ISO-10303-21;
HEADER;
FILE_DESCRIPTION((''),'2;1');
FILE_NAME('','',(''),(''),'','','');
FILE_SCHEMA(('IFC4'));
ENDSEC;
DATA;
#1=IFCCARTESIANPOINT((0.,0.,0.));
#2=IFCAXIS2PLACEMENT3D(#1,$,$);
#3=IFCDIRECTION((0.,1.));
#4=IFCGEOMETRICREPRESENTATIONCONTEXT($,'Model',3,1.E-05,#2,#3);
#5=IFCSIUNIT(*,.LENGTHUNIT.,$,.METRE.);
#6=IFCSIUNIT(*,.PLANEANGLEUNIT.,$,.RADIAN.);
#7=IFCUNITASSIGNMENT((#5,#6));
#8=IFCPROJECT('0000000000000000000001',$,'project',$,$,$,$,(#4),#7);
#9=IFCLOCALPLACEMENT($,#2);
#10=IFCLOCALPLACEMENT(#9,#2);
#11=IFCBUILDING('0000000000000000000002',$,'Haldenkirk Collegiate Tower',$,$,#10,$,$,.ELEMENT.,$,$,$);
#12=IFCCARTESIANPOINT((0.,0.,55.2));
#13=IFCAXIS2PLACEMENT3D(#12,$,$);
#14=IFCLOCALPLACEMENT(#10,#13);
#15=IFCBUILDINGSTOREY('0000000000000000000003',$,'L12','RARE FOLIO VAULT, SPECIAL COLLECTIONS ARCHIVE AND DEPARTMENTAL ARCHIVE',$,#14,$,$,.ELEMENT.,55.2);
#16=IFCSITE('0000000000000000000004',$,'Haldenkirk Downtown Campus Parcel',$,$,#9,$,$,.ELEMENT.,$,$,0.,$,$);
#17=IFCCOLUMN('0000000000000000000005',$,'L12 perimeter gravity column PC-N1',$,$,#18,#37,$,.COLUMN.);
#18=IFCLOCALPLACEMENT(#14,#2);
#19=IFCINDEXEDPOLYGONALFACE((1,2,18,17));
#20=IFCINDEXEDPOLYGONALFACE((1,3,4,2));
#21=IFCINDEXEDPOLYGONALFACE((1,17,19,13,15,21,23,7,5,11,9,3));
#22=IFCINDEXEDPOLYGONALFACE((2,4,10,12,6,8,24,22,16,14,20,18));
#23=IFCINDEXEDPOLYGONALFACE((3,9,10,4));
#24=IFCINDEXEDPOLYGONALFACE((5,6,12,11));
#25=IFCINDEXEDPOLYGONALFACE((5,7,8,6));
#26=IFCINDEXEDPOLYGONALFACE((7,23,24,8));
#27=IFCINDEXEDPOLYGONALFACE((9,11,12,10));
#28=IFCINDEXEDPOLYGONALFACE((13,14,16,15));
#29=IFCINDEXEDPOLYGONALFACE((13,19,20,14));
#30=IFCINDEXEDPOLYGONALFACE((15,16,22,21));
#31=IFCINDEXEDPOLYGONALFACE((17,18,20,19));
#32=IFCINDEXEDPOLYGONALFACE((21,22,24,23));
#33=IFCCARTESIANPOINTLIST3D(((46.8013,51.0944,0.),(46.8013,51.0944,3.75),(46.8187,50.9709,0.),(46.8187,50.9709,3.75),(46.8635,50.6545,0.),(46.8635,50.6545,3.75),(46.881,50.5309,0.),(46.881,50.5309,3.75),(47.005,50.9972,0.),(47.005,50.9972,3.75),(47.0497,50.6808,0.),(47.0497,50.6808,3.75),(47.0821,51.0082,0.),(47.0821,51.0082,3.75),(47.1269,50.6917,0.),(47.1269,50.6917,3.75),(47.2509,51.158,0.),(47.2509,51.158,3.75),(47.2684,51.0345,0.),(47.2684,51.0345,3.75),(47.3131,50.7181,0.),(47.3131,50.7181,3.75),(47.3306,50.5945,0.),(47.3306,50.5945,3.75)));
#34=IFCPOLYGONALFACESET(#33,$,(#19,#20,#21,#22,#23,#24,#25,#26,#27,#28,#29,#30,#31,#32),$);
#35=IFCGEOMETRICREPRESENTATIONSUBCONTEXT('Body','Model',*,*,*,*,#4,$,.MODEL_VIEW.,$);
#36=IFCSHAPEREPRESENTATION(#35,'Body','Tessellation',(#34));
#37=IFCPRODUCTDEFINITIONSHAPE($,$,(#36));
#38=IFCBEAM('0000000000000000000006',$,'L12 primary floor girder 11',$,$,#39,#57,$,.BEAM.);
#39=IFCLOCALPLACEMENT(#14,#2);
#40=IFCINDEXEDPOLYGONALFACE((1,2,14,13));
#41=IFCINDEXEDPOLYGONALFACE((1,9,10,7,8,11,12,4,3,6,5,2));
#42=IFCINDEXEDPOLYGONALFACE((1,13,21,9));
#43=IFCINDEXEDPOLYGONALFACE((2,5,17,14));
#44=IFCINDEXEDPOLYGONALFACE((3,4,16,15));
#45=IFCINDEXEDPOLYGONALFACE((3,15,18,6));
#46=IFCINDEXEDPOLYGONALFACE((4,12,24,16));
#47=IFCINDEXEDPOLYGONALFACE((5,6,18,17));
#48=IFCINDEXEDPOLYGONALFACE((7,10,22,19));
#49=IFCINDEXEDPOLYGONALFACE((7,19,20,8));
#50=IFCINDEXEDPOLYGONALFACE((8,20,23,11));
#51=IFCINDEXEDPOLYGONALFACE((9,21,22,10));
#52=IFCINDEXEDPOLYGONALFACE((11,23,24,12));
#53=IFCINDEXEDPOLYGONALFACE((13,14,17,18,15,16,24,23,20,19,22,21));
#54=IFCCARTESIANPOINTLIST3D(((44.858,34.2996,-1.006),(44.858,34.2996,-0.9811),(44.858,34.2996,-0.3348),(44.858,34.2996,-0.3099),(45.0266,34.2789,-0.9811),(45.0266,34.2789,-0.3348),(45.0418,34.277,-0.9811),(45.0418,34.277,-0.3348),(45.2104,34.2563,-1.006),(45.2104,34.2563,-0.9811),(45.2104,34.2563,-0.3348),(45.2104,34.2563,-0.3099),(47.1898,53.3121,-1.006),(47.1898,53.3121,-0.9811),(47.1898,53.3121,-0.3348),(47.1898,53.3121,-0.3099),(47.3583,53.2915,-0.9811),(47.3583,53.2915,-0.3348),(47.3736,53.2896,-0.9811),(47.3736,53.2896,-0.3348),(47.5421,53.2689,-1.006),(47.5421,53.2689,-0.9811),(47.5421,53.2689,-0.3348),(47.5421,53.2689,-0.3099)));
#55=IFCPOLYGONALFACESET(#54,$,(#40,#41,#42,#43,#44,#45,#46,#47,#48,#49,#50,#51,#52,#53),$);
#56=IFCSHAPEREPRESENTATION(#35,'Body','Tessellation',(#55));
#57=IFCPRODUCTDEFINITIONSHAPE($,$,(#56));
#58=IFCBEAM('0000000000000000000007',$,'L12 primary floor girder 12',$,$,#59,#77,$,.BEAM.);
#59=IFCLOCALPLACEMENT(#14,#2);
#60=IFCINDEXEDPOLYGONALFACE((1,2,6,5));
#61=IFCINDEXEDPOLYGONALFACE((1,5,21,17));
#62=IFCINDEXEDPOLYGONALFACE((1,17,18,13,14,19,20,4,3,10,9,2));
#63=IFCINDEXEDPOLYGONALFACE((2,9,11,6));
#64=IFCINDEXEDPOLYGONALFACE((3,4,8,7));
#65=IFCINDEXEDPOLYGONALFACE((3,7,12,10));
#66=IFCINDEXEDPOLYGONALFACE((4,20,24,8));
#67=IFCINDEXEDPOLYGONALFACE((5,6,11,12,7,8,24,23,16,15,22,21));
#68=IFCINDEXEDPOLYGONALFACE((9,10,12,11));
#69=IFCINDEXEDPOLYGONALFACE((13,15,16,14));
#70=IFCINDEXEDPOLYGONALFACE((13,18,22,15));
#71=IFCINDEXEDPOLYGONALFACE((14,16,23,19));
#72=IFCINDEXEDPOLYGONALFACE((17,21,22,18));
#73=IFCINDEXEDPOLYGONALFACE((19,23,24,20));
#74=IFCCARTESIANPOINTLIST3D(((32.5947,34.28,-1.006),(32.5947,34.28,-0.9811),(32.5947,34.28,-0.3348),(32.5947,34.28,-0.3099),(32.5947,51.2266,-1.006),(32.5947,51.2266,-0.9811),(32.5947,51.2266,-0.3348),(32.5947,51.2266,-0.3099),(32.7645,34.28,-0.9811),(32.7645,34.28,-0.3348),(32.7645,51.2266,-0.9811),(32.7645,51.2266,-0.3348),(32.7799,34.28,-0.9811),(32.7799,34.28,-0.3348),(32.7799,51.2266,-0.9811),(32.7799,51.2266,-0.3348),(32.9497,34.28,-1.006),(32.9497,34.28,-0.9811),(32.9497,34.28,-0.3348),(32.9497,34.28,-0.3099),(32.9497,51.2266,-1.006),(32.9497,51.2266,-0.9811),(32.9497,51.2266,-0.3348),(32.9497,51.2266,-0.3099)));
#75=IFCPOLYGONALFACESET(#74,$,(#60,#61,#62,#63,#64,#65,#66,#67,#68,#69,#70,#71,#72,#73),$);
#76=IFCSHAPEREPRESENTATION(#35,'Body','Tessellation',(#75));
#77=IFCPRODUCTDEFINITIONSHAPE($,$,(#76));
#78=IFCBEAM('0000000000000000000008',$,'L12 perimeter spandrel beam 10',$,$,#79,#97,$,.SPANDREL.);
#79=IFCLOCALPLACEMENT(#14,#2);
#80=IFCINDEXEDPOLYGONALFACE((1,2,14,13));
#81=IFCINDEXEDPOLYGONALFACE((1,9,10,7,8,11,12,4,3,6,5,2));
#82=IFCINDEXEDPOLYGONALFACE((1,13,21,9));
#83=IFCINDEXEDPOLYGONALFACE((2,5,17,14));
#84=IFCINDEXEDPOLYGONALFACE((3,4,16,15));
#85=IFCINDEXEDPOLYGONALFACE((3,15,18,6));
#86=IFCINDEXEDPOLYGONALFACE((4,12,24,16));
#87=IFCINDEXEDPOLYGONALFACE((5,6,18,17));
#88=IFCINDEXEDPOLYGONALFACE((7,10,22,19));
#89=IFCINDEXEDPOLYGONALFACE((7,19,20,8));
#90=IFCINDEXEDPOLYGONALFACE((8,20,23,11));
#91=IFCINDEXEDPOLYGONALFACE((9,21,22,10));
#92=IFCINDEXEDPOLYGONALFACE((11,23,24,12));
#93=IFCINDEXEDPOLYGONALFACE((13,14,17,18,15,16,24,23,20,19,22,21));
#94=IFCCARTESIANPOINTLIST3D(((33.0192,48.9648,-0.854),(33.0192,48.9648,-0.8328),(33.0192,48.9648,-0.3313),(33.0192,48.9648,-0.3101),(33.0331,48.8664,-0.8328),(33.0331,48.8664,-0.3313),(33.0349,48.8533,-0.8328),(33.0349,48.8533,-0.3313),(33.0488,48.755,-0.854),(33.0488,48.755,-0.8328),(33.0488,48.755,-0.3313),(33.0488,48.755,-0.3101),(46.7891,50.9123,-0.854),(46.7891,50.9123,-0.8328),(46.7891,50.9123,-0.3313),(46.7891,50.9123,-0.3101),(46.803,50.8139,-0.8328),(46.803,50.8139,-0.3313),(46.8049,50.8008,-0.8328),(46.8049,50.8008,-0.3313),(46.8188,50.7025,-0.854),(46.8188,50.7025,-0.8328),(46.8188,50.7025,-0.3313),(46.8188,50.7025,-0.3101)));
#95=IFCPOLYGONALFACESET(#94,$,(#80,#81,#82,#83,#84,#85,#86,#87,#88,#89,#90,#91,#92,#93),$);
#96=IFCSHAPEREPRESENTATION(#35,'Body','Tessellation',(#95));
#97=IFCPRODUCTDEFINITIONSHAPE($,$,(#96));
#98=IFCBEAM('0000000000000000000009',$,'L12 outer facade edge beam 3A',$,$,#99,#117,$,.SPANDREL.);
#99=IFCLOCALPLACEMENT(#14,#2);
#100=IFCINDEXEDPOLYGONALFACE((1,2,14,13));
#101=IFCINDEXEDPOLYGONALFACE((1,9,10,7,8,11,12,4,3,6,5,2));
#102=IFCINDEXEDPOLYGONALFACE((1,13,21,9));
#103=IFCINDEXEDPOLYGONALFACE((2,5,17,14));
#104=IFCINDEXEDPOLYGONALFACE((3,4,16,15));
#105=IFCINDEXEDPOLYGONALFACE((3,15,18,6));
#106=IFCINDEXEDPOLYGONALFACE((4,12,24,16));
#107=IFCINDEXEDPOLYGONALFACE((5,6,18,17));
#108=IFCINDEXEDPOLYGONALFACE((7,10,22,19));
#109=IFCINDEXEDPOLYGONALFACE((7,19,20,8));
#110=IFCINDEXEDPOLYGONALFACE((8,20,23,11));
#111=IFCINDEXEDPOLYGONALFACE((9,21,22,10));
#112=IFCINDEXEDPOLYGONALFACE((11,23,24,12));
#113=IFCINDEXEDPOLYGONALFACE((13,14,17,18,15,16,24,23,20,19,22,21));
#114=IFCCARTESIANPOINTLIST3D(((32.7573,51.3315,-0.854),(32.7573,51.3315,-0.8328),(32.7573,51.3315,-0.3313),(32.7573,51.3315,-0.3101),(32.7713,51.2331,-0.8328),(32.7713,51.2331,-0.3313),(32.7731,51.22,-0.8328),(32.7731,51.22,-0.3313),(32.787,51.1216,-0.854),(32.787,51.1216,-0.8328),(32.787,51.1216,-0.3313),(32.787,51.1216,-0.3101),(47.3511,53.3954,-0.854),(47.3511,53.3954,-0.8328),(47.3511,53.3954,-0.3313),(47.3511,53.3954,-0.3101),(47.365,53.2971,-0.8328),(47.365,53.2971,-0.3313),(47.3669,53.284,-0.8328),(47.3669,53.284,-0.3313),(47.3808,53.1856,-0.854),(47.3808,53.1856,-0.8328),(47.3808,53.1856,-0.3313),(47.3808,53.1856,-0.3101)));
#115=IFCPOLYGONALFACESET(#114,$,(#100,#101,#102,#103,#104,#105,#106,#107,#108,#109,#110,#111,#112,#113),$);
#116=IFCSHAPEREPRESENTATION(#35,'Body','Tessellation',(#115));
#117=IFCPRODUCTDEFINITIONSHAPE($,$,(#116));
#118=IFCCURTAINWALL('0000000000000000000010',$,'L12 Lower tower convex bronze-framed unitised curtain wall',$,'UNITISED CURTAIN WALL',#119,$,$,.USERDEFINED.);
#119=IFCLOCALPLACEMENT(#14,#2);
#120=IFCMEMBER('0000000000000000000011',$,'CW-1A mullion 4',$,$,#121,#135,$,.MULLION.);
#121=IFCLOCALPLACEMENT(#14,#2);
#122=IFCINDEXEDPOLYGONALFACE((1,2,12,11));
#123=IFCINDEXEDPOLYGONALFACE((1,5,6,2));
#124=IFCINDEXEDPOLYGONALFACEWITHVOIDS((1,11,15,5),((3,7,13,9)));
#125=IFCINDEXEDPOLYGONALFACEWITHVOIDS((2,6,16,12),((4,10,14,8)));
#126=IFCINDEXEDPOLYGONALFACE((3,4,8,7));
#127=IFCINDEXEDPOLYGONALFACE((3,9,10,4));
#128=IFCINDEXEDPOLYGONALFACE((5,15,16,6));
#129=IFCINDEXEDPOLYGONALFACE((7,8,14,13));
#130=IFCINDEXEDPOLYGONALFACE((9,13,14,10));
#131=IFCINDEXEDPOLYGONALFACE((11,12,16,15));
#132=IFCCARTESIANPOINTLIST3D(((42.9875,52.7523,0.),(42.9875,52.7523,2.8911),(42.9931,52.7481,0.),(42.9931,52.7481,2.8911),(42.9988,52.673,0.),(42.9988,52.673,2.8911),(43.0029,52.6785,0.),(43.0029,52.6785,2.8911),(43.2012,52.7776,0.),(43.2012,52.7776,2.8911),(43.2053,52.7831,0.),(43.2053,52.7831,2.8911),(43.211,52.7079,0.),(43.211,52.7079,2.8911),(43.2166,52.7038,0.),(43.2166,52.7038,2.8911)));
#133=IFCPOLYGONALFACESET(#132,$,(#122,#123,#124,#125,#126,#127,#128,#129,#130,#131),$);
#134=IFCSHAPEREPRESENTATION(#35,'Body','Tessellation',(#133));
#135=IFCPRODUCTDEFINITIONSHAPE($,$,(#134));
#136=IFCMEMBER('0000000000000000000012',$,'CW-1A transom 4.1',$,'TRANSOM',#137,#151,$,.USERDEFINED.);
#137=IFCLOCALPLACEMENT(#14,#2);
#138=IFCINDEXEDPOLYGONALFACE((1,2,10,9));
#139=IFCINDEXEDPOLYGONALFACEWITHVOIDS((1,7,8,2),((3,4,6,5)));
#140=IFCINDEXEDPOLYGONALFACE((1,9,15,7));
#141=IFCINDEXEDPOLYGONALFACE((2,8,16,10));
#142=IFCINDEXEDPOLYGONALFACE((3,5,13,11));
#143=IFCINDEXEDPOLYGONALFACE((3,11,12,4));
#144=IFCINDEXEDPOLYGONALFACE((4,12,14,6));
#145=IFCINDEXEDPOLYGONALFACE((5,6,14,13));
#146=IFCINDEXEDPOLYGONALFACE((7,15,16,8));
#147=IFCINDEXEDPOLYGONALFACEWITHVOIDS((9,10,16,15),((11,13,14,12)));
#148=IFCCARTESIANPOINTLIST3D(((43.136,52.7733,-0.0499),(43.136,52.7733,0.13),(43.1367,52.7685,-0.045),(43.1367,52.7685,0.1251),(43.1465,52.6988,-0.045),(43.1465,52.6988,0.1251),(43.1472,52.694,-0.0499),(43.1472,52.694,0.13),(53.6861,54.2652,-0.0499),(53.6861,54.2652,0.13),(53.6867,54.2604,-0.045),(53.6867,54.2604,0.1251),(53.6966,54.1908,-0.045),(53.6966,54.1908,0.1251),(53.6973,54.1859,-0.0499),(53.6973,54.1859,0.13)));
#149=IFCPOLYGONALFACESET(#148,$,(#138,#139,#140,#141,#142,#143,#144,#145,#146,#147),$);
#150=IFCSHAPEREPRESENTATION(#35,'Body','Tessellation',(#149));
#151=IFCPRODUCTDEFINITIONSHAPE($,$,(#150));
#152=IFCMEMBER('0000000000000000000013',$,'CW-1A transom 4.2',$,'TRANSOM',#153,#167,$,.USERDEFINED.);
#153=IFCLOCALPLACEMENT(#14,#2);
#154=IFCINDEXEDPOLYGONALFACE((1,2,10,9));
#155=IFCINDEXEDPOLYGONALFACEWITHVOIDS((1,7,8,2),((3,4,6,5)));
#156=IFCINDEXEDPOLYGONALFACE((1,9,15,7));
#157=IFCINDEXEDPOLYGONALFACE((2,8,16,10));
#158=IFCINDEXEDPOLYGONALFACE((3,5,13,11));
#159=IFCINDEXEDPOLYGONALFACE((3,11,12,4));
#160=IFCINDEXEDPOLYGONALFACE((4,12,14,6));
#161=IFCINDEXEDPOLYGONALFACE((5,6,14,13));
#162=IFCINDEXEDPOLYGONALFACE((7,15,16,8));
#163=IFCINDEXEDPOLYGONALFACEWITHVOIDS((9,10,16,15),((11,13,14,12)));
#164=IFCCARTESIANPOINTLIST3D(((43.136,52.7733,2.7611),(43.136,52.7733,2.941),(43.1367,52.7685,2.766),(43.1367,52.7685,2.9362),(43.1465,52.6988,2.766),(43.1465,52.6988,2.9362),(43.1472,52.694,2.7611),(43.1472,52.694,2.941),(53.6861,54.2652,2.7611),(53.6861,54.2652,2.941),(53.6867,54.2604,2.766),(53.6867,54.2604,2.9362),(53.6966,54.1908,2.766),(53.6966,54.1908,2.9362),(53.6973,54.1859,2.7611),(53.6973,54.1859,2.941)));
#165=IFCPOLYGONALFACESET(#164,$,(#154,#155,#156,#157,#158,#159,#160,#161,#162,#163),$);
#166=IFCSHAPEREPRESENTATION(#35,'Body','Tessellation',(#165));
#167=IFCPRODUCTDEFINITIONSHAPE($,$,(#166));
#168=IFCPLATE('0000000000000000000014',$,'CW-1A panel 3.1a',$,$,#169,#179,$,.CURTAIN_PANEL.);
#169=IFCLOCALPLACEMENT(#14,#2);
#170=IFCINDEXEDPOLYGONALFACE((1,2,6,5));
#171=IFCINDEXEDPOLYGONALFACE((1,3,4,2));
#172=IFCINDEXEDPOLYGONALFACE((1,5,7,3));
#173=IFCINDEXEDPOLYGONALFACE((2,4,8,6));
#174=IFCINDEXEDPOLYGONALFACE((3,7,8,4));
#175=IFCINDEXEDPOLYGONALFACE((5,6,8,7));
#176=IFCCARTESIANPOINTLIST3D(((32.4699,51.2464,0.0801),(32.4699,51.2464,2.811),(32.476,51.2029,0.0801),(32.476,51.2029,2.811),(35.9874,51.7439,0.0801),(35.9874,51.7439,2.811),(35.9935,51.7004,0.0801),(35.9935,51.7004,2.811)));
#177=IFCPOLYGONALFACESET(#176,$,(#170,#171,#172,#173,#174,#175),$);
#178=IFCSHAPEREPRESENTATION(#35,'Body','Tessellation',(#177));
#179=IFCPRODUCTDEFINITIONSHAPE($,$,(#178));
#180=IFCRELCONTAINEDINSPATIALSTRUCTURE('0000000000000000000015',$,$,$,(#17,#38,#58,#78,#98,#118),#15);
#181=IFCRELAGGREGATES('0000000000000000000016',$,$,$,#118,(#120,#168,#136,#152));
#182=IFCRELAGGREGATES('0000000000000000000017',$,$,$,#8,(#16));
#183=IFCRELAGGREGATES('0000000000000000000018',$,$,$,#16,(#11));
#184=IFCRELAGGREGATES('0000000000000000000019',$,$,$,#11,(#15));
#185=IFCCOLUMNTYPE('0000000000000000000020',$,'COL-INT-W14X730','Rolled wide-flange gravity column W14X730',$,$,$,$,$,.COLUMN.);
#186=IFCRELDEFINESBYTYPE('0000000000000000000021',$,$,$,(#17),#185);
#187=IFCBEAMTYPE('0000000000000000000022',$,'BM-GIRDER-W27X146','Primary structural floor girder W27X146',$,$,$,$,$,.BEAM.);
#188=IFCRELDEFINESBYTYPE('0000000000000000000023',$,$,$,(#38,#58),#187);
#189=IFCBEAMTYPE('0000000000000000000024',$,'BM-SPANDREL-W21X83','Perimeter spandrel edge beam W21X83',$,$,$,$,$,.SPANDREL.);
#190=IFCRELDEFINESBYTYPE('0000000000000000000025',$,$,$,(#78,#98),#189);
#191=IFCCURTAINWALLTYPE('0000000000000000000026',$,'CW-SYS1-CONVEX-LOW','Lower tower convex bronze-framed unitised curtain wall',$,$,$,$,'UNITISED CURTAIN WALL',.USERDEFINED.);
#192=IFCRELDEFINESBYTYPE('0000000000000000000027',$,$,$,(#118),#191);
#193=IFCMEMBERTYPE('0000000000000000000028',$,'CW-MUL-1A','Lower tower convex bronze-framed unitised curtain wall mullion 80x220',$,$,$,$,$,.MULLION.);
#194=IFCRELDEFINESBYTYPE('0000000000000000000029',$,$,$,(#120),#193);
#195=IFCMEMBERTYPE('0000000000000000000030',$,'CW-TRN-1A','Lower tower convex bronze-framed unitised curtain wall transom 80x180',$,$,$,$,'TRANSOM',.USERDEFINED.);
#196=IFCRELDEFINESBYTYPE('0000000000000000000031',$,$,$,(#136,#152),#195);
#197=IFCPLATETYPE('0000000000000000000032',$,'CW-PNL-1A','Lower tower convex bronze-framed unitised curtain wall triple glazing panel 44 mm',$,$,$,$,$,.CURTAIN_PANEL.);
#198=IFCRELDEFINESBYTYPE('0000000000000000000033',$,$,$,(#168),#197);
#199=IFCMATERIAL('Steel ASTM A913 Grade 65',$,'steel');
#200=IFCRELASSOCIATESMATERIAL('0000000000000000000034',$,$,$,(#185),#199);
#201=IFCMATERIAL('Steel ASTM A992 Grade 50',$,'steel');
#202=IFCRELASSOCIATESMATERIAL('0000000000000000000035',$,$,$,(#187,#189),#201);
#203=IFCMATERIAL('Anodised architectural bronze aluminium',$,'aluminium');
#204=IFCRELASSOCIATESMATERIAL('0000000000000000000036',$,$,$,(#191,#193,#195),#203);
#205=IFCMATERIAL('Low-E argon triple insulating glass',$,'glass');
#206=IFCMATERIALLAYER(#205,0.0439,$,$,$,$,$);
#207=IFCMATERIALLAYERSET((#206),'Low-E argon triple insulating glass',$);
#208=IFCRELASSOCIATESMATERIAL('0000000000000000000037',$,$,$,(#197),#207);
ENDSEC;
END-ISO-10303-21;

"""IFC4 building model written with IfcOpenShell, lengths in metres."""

from ifc_helpers import new_model, si_unit, direction, frame, origin, origin_2d, place, context, subcontext, project, spatial, rectangle, hollow_rectangle, i_section, extrude, source, transform, mapped, material, layer, layer_set, material_profile, profile_set, type_object, element, aggregate, save


model = new_model("IFC4")

# Units and contexts
model_context = context("Model", 3, precision=1e-05, world=origin(), true_north=direction((0.0, 1.0)))
body_context = subcontext(model_context, "Body", "Model", "MODEL_VIEW")
ifc_project = project(units=[si_unit("LENGTHUNIT", "METRE"), si_unit("PLANEANGLEUNIT", "RADIAN")], contexts=[model_context])

# Site, building, storey
site_placement = place(None, origin())
site = spatial("IfcSite", under=ifc_project, at=site_placement, Name="Haldenkirk Downtown Campus Parcel", CompositionType="ELEMENT", RefElevation=0.0)
building_placement = place(site_placement, origin())
building = spatial("IfcBuilding", under=site, at=building_placement, Name="Haldenkirk Collegiate Tower", CompositionType="ELEMENT")
storey_placement = place(building_placement, frame((0.0, 0.0, 55.2)))
storey = spatial("IfcBuildingStorey", under=building, at=storey_placement, Name="L12", Description="RARE FOLIO VAULT, SPECIAL COLLECTIONS ARCHIVE AND DEPARTMENTAL ARCHIVE", CompositionType="ELEMENT", Elevation=55.2)

# Column
ifc_material_1 = material(Name="Steel ASTM A913 Grade 65", Category="steel")
ifc_material_profile_1 = material_profile(ifc_material_1, i_section(OverallWidth=0.4541, OverallDepth=0.5691, WebThickness=0.0779, FlangeThickness=0.1248, at=origin_2d()), Name="W14X730")
ifc_profile_set_1 = profile_set([ifc_material_profile_1], Name="Steel ASTM A913 Grade 65")
column_type = type_object("IfcColumnType", Name="COL-INT-W14X730", Description="Rolled wide-flange gravity column W14X730", PredefinedType="COLUMN", material=ifc_profile_set_1)
column_placement = place(storey_placement, frame((47.0659, 50.8445, 0.0), z_axis=(0.0, 0.0, 1.0), x_axis=(0.990146, 0.140037, 0.0)))
element("IfcColumn", 1, at=column_placement, inside=storey, type_object=column_type, Name="L12 perimeter gravity column PC-N1", PredefinedType="COLUMN", context=body_context, shape_type="SweptSolid", body=[
    extrude(i_section(OverallWidth=0.4541, OverallDepth=0.5691, WebThickness=0.0779, FlangeThickness=0.1248, at=origin_2d()), origin(), (0.0, 0.0, 1.0), 3.75),
])

# Beams
ifc_material_2 = material(Name="Steel ASTM A992 Grade 50", Category="steel")
ifc_material_profile_2 = material_profile(ifc_material_2, i_section(OverallWidth=0.355, OverallDepth=0.696, WebThickness=0.0154, FlangeThickness=0.0249, at=origin_2d()), Name="W27X146")
ifc_profile_set_2 = profile_set([ifc_material_profile_2], Name="Steel ASTM A992 Grade 50")
beam_type_1 = type_object("IfcBeamType", Name="BM-GIRDER-W27X146", Description="Primary structural floor girder W27X146", PredefinedType="BEAM", material=ifc_profile_set_2)
beam_1_placement = place(storey_placement, frame((47.366, 53.2905, -0.658), z_axis=(-0.121732, -0.992563, 0.0), x_axis=(0.992563, -0.121732, 0.0)))
element("IfcBeam", 2, at=beam_1_placement, inside=storey, type_object=beam_type_1, Name="L12 primary floor girder 11", PredefinedType="BEAM", context=body_context, shape_type="SweptSolid", body=[
    extrude(i_section(OverallWidth=0.355, OverallDepth=0.696, WebThickness=0.0154, FlangeThickness=0.0249, at=origin_2d()), origin(), (0.0, 0.0, 1.0), 19.155),
])
beam_2_placement = place(storey_placement, frame((32.7722, 51.2266, -0.658), z_axis=(0.0, -1.0, 0.0), x_axis=(1.0, 0.0, 0.0)))
element("IfcBeam", 3, at=beam_2_placement, inside=storey, type_object=beam_type_1, Name="L12 primary floor girder 12", PredefinedType="BEAM", context=body_context, shape_type="SweptSolid", body=[
    extrude(i_section(OverallWidth=0.355, OverallDepth=0.696, WebThickness=0.0154, FlangeThickness=0.0249, at=origin_2d()), origin(), (0.0, 0.0, 1.0), 16.9465),
])
ifc_material_profile_3 = material_profile(ifc_material_2, i_section(OverallWidth=0.2119, OverallDepth=0.5439, WebThickness=0.0132, FlangeThickness=0.0212, at=origin_2d()), Name="W21X83")
ifc_profile_set_3 = profile_set([ifc_material_profile_3], Name="Steel ASTM A992 Grade 50")
beam_type_2 = type_object("IfcBeamType", Name="BM-SPANDREL-W21X83", Description="Perimeter spandrel edge beam W21X83", PredefinedType="SPANDREL", material=ifc_profile_set_3)
beam_3_placement = place(storey_placement, frame((46.804, 50.8074, -0.582), z_axis=(-0.990146, -0.140038, 0.0), x_axis=(0.140038, -0.990146, 0.0)))
element("IfcBeam", 4, at=beam_3_placement, inside=storey, type_object=beam_type_2, Name="L12 perimeter spandrel beam 10", PredefinedType="SPANDREL", context=body_context, shape_type="SweptSolid", body=[
    extrude(i_section(OverallWidth=0.2119, OverallDepth=0.5439, WebThickness=0.0132, FlangeThickness=0.0212, at=origin_2d()), origin(), (0.0, 0.0, 1.0), 13.907),
])
beam_4_placement = place(storey_placement, frame((47.366, 53.2905, -0.582), z_axis=(-0.990147, -0.140034, 0.0), x_axis=(0.140034, -0.990147, 0.0)))
element("IfcBeam", 5, at=beam_4_placement, inside=storey, type_object=beam_type_2, Name="L12 outer facade edge beam 3A", PredefinedType="SPANDREL", context=body_context, shape_type="SweptSolid", body=[
    extrude(i_section(OverallWidth=0.2119, OverallDepth=0.5439, WebThickness=0.0132, FlangeThickness=0.0212, at=origin_2d()), origin(), (0.0, 0.0, 1.0), 14.739),
])

# Curtain wall, members, plate
ifc_material_3 = material(Name="Anodised architectural bronze aluminium", Category="aluminium")
curtain_wall_type = type_object("IfcCurtainWallType", Name="CW-SYS1-CONVEX-LOW", Description="Lower tower convex bronze-framed unitised curtain wall", ElementType="UNITISED CURTAIN WALL", PredefinedType="USERDEFINED", material=ifc_material_3)
curtain_wall_placement = place(storey_placement, origin())
curtain_wall = element("IfcCurtainWall", 6, at=curtain_wall_placement, inside=storey, type_object=curtain_wall_type, Name="L12 Lower tower convex bronze-framed unitised curtain wall", ObjectType="UNITISED CURTAIN WALL", PredefinedType="USERDEFINED")
ifc_material_profile_4 = material_profile(ifc_material_3, hollow_rectangle(XDim=0.0801, YDim=0.22, WallThickness=0.0049, at=origin_2d()), Name="CW-MUL-1A")
ifc_profile_set_4 = profile_set([ifc_material_profile_4], Name="Anodised architectural bronze aluminium")
member_type_1 = type_object("IfcMemberType", Name="CW-MUL-1A", Description="Lower tower convex bronze-framed unitised curtain wall mullion 80x220", PredefinedType="MULLION", material=ifc_profile_set_4)
member_1_placement = place(storey_placement, frame((43.1021, 52.728, 0.0), z_axis=(0.0, 0.0, 1.0), x_axis=(-0.140039, 0.990146, 0.0)))
member_1 = element("IfcMember", 7, at=member_1_placement, type_object=member_type_1, Name="CW-1A mullion 4", PredefinedType="MULLION", context=body_context, shape_type="SweptSolid", body=[
    extrude(hollow_rectangle(XDim=0.0801, YDim=0.22, WallThickness=0.0049, at=origin_2d()), origin(), (0.0, 0.0, 1.0), 2.8911),
])
ifc_material_profile_5 = material_profile(ifc_material_3, hollow_rectangle(XDim=0.0801, YDim=0.1799, WallThickness=0.0049, at=origin_2d()), Name="CW-TRN-1A")
ifc_profile_set_5 = profile_set([ifc_material_profile_5], Name="Anodised architectural bronze aluminium")
member_type_2 = type_object("IfcMemberType", Name="CW-TRN-1A", Description="Lower tower convex bronze-framed unitised curtain wall transom 80x180", ElementType="TRANSOM", PredefinedType="USERDEFINED", material=ifc_profile_set_5)
member_2_placement = place(storey_placement, frame((43.1416, 52.7336, 0.04), z_axis=(0.990148, 0.140023, 0.0), x_axis=(-0.140023, 0.990148, 0.0)))
member_2 = element("IfcMember", 8, at=member_2_placement, type_object=member_type_2, Name="CW-1A transom 4.1", ObjectType="TRANSOM", PredefinedType="USERDEFINED", context=body_context, shape_type="SweptSolid", body=[
    extrude(hollow_rectangle(XDim=0.0801, YDim=0.1799, WallThickness=0.0049, at=origin_2d()), origin(), (0.0, 0.0, 1.0), 10.655),
])
member_3_placement = place(storey_placement, frame((43.1416, 52.7336, 2.8511), z_axis=(0.990148, 0.140023, 0.0), x_axis=(-0.140023, 0.990148, 0.0)))
member_3 = element("IfcMember", 9, at=member_3_placement, type_object=member_type_2, Name="CW-1A transom 4.2", ObjectType="TRANSOM", PredefinedType="USERDEFINED", context=body_context, shape_type="SweptSolid", body=[
    extrude(hollow_rectangle(XDim=0.0801, YDim=0.1799, WallThickness=0.0049, at=origin_2d()), origin(), (0.0, 0.0, 1.0), 10.655),
])
ifc_material_4 = material(Name="Low-E argon triple insulating glass", Category="glass")
ifc_layer_1 = layer(ifc_material_4, 0.0439)
ifc_layer_set_1 = layer_set([ifc_layer_1], Name="Low-E argon triple insulating glass")
plate_type_1 = type_object("IfcPlateType", Name="CW-PNL-1A", Description="Lower tower convex bronze-framed unitised curtain wall triple glazing panel 44 mm", PredefinedType="CURTAIN_PANEL", material=ifc_layer_set_1)
shared_shape_1 = source(origin(), body_context, "Body", "SweptSolid", [
    extrude(rectangle(XDim=3.5525, YDim=0.0439, at=origin_2d()), origin(), (0.0, 0.0, 1.0), 2.731),
])
plate_1_placement = place(storey_placement, frame((34.2317, 51.4734, 0.0801), z_axis=(0.0, 0.0, 1.0), x_axis=(0.990146, 0.140039, 0.0)))
plate_1 = element("IfcPlate", 10, at=plate_1_placement, type_object=plate_type_1, Name="CW-1A panel 3.1a", PredefinedType="CURTAIN_PANEL", context=body_context, shape_type="MappedRepresentation", body=[
    mapped(shared_shape_1, transform((0.0, 0.0, 0.0), x_axis=(1.0, 0.0, 0.0), y_axis=(0.0, 1.0, 0.0), z_axis=(0.0, 0.0, 1.0), scale=1.0)),
])
aggregate(curtain_wall, [member_1, plate_1, member_2, member_3])

save(model, "model.ifc")
